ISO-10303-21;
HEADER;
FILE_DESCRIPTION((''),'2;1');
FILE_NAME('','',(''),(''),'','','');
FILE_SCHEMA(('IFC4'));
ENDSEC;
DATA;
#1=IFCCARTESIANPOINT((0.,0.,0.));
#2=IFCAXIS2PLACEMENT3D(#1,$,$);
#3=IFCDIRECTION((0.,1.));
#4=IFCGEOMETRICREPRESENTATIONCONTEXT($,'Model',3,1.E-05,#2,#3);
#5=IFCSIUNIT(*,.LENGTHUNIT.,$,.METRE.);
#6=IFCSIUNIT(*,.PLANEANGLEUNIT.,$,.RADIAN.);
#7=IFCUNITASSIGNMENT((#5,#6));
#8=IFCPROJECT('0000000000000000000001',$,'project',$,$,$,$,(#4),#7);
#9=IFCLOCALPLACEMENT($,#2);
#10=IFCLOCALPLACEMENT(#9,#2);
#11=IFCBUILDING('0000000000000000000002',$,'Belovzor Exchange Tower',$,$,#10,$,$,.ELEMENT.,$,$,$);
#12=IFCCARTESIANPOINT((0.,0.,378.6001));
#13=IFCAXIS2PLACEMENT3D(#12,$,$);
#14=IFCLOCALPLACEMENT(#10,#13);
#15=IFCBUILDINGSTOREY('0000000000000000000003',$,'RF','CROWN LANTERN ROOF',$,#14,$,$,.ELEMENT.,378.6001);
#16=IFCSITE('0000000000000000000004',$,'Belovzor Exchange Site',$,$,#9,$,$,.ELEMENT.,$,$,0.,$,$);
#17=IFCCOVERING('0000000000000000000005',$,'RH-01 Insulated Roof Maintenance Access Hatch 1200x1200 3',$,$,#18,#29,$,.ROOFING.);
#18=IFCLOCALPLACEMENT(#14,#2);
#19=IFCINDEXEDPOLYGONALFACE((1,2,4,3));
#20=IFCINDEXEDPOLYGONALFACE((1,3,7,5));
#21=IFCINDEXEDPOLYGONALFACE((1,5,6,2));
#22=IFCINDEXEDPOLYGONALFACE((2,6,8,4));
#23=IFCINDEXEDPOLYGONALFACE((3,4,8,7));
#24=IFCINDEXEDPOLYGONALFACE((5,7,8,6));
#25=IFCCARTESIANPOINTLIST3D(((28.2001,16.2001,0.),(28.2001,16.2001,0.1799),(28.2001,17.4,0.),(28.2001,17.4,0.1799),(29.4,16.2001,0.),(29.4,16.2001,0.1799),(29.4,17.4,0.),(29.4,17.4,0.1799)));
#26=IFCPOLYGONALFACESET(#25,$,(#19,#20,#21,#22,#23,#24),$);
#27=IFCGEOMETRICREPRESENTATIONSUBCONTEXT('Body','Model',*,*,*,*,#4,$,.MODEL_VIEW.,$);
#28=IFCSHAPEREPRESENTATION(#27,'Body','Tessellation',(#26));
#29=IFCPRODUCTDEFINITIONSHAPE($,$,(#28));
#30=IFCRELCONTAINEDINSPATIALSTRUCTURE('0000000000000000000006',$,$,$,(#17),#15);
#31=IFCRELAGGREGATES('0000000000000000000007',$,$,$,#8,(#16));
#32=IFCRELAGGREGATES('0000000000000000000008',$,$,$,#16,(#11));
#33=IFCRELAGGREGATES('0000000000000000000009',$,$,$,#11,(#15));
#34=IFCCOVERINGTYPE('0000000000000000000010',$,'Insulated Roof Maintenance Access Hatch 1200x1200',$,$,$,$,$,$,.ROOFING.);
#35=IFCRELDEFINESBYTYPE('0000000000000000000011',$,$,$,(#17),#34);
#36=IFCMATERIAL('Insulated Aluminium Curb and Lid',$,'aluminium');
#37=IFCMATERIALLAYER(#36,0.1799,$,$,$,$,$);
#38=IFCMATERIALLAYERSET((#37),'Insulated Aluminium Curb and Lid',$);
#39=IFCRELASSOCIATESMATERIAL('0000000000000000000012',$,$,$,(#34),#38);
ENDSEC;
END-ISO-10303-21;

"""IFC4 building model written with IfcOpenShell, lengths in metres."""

from ifc_helpers import new_model, si_unit, direction, frame, origin, origin_2d, place, context, subcontext, project, spatial, rectangle, extrude, material, layer, layer_set, type_object, element, save


model = new_model("IFC4")

# Units and contexts
model_context = context("Model", 3, precision=1e-05, world=origin(), true_north=direction((0.0, 1.0)))
body_context = subcontext(model_context, "Body", "Model", "MODEL_VIEW")
ifc_project = project(units=[si_unit("LENGTHUNIT", "METRE"), si_unit("PLANEANGLEUNIT", "RADIAN")], contexts=[model_context])

# Site, building, storey
site_placement = place(None, origin())
site = spatial("IfcSite", under=ifc_project, at=site_placement, Name="Belovzor Exchange Site", CompositionType="ELEMENT", RefElevation=0.0)
building_placement = place(site_placement, origin())
building = spatial("IfcBuilding", under=site, at=building_placement, Name="Belovzor Exchange Tower", CompositionType="ELEMENT")
storey_placement = place(building_placement, frame((0.0, 0.0, 378.6001)))
storey = spatial("IfcBuildingStorey", under=building, at=storey_placement, Name="RF", Description="CROWN LANTERN ROOF", CompositionType="ELEMENT", Elevation=378.6001)

# Covering
ifc_material_1 = material(Name="Insulated Aluminium Curb and Lid", Category="aluminium")
ifc_layer_1 = layer(ifc_material_1, 0.1799)
ifc_layer_set_1 = layer_set([ifc_layer_1], Name="Insulated Aluminium Curb and Lid")
covering_type = type_object("IfcCoveringType", Name="Insulated Roof Maintenance Access Hatch 1200x1200", PredefinedType="ROOFING", material=ifc_layer_set_1)
covering_placement = place(storey_placement, frame((28.8, 16.8, 0.0), z_axis=(0.0, 0.0, 1.0), x_axis=(1.0, 0.0, 0.0)))
element("IfcCovering", 1, at=covering_placement, inside=storey, type_object=covering_type, Name="RH-01 Insulated Roof Maintenance Access Hatch 1200x1200 3", PredefinedType="ROOFING", context=body_context, shape_type="SweptSolid", body=[
    extrude(rectangle(XDim=1.2, YDim=1.2, at=origin_2d()), origin(), (0.0, 0.0, 1.0), 0.1799),
])

save(model, "model.ifc")
